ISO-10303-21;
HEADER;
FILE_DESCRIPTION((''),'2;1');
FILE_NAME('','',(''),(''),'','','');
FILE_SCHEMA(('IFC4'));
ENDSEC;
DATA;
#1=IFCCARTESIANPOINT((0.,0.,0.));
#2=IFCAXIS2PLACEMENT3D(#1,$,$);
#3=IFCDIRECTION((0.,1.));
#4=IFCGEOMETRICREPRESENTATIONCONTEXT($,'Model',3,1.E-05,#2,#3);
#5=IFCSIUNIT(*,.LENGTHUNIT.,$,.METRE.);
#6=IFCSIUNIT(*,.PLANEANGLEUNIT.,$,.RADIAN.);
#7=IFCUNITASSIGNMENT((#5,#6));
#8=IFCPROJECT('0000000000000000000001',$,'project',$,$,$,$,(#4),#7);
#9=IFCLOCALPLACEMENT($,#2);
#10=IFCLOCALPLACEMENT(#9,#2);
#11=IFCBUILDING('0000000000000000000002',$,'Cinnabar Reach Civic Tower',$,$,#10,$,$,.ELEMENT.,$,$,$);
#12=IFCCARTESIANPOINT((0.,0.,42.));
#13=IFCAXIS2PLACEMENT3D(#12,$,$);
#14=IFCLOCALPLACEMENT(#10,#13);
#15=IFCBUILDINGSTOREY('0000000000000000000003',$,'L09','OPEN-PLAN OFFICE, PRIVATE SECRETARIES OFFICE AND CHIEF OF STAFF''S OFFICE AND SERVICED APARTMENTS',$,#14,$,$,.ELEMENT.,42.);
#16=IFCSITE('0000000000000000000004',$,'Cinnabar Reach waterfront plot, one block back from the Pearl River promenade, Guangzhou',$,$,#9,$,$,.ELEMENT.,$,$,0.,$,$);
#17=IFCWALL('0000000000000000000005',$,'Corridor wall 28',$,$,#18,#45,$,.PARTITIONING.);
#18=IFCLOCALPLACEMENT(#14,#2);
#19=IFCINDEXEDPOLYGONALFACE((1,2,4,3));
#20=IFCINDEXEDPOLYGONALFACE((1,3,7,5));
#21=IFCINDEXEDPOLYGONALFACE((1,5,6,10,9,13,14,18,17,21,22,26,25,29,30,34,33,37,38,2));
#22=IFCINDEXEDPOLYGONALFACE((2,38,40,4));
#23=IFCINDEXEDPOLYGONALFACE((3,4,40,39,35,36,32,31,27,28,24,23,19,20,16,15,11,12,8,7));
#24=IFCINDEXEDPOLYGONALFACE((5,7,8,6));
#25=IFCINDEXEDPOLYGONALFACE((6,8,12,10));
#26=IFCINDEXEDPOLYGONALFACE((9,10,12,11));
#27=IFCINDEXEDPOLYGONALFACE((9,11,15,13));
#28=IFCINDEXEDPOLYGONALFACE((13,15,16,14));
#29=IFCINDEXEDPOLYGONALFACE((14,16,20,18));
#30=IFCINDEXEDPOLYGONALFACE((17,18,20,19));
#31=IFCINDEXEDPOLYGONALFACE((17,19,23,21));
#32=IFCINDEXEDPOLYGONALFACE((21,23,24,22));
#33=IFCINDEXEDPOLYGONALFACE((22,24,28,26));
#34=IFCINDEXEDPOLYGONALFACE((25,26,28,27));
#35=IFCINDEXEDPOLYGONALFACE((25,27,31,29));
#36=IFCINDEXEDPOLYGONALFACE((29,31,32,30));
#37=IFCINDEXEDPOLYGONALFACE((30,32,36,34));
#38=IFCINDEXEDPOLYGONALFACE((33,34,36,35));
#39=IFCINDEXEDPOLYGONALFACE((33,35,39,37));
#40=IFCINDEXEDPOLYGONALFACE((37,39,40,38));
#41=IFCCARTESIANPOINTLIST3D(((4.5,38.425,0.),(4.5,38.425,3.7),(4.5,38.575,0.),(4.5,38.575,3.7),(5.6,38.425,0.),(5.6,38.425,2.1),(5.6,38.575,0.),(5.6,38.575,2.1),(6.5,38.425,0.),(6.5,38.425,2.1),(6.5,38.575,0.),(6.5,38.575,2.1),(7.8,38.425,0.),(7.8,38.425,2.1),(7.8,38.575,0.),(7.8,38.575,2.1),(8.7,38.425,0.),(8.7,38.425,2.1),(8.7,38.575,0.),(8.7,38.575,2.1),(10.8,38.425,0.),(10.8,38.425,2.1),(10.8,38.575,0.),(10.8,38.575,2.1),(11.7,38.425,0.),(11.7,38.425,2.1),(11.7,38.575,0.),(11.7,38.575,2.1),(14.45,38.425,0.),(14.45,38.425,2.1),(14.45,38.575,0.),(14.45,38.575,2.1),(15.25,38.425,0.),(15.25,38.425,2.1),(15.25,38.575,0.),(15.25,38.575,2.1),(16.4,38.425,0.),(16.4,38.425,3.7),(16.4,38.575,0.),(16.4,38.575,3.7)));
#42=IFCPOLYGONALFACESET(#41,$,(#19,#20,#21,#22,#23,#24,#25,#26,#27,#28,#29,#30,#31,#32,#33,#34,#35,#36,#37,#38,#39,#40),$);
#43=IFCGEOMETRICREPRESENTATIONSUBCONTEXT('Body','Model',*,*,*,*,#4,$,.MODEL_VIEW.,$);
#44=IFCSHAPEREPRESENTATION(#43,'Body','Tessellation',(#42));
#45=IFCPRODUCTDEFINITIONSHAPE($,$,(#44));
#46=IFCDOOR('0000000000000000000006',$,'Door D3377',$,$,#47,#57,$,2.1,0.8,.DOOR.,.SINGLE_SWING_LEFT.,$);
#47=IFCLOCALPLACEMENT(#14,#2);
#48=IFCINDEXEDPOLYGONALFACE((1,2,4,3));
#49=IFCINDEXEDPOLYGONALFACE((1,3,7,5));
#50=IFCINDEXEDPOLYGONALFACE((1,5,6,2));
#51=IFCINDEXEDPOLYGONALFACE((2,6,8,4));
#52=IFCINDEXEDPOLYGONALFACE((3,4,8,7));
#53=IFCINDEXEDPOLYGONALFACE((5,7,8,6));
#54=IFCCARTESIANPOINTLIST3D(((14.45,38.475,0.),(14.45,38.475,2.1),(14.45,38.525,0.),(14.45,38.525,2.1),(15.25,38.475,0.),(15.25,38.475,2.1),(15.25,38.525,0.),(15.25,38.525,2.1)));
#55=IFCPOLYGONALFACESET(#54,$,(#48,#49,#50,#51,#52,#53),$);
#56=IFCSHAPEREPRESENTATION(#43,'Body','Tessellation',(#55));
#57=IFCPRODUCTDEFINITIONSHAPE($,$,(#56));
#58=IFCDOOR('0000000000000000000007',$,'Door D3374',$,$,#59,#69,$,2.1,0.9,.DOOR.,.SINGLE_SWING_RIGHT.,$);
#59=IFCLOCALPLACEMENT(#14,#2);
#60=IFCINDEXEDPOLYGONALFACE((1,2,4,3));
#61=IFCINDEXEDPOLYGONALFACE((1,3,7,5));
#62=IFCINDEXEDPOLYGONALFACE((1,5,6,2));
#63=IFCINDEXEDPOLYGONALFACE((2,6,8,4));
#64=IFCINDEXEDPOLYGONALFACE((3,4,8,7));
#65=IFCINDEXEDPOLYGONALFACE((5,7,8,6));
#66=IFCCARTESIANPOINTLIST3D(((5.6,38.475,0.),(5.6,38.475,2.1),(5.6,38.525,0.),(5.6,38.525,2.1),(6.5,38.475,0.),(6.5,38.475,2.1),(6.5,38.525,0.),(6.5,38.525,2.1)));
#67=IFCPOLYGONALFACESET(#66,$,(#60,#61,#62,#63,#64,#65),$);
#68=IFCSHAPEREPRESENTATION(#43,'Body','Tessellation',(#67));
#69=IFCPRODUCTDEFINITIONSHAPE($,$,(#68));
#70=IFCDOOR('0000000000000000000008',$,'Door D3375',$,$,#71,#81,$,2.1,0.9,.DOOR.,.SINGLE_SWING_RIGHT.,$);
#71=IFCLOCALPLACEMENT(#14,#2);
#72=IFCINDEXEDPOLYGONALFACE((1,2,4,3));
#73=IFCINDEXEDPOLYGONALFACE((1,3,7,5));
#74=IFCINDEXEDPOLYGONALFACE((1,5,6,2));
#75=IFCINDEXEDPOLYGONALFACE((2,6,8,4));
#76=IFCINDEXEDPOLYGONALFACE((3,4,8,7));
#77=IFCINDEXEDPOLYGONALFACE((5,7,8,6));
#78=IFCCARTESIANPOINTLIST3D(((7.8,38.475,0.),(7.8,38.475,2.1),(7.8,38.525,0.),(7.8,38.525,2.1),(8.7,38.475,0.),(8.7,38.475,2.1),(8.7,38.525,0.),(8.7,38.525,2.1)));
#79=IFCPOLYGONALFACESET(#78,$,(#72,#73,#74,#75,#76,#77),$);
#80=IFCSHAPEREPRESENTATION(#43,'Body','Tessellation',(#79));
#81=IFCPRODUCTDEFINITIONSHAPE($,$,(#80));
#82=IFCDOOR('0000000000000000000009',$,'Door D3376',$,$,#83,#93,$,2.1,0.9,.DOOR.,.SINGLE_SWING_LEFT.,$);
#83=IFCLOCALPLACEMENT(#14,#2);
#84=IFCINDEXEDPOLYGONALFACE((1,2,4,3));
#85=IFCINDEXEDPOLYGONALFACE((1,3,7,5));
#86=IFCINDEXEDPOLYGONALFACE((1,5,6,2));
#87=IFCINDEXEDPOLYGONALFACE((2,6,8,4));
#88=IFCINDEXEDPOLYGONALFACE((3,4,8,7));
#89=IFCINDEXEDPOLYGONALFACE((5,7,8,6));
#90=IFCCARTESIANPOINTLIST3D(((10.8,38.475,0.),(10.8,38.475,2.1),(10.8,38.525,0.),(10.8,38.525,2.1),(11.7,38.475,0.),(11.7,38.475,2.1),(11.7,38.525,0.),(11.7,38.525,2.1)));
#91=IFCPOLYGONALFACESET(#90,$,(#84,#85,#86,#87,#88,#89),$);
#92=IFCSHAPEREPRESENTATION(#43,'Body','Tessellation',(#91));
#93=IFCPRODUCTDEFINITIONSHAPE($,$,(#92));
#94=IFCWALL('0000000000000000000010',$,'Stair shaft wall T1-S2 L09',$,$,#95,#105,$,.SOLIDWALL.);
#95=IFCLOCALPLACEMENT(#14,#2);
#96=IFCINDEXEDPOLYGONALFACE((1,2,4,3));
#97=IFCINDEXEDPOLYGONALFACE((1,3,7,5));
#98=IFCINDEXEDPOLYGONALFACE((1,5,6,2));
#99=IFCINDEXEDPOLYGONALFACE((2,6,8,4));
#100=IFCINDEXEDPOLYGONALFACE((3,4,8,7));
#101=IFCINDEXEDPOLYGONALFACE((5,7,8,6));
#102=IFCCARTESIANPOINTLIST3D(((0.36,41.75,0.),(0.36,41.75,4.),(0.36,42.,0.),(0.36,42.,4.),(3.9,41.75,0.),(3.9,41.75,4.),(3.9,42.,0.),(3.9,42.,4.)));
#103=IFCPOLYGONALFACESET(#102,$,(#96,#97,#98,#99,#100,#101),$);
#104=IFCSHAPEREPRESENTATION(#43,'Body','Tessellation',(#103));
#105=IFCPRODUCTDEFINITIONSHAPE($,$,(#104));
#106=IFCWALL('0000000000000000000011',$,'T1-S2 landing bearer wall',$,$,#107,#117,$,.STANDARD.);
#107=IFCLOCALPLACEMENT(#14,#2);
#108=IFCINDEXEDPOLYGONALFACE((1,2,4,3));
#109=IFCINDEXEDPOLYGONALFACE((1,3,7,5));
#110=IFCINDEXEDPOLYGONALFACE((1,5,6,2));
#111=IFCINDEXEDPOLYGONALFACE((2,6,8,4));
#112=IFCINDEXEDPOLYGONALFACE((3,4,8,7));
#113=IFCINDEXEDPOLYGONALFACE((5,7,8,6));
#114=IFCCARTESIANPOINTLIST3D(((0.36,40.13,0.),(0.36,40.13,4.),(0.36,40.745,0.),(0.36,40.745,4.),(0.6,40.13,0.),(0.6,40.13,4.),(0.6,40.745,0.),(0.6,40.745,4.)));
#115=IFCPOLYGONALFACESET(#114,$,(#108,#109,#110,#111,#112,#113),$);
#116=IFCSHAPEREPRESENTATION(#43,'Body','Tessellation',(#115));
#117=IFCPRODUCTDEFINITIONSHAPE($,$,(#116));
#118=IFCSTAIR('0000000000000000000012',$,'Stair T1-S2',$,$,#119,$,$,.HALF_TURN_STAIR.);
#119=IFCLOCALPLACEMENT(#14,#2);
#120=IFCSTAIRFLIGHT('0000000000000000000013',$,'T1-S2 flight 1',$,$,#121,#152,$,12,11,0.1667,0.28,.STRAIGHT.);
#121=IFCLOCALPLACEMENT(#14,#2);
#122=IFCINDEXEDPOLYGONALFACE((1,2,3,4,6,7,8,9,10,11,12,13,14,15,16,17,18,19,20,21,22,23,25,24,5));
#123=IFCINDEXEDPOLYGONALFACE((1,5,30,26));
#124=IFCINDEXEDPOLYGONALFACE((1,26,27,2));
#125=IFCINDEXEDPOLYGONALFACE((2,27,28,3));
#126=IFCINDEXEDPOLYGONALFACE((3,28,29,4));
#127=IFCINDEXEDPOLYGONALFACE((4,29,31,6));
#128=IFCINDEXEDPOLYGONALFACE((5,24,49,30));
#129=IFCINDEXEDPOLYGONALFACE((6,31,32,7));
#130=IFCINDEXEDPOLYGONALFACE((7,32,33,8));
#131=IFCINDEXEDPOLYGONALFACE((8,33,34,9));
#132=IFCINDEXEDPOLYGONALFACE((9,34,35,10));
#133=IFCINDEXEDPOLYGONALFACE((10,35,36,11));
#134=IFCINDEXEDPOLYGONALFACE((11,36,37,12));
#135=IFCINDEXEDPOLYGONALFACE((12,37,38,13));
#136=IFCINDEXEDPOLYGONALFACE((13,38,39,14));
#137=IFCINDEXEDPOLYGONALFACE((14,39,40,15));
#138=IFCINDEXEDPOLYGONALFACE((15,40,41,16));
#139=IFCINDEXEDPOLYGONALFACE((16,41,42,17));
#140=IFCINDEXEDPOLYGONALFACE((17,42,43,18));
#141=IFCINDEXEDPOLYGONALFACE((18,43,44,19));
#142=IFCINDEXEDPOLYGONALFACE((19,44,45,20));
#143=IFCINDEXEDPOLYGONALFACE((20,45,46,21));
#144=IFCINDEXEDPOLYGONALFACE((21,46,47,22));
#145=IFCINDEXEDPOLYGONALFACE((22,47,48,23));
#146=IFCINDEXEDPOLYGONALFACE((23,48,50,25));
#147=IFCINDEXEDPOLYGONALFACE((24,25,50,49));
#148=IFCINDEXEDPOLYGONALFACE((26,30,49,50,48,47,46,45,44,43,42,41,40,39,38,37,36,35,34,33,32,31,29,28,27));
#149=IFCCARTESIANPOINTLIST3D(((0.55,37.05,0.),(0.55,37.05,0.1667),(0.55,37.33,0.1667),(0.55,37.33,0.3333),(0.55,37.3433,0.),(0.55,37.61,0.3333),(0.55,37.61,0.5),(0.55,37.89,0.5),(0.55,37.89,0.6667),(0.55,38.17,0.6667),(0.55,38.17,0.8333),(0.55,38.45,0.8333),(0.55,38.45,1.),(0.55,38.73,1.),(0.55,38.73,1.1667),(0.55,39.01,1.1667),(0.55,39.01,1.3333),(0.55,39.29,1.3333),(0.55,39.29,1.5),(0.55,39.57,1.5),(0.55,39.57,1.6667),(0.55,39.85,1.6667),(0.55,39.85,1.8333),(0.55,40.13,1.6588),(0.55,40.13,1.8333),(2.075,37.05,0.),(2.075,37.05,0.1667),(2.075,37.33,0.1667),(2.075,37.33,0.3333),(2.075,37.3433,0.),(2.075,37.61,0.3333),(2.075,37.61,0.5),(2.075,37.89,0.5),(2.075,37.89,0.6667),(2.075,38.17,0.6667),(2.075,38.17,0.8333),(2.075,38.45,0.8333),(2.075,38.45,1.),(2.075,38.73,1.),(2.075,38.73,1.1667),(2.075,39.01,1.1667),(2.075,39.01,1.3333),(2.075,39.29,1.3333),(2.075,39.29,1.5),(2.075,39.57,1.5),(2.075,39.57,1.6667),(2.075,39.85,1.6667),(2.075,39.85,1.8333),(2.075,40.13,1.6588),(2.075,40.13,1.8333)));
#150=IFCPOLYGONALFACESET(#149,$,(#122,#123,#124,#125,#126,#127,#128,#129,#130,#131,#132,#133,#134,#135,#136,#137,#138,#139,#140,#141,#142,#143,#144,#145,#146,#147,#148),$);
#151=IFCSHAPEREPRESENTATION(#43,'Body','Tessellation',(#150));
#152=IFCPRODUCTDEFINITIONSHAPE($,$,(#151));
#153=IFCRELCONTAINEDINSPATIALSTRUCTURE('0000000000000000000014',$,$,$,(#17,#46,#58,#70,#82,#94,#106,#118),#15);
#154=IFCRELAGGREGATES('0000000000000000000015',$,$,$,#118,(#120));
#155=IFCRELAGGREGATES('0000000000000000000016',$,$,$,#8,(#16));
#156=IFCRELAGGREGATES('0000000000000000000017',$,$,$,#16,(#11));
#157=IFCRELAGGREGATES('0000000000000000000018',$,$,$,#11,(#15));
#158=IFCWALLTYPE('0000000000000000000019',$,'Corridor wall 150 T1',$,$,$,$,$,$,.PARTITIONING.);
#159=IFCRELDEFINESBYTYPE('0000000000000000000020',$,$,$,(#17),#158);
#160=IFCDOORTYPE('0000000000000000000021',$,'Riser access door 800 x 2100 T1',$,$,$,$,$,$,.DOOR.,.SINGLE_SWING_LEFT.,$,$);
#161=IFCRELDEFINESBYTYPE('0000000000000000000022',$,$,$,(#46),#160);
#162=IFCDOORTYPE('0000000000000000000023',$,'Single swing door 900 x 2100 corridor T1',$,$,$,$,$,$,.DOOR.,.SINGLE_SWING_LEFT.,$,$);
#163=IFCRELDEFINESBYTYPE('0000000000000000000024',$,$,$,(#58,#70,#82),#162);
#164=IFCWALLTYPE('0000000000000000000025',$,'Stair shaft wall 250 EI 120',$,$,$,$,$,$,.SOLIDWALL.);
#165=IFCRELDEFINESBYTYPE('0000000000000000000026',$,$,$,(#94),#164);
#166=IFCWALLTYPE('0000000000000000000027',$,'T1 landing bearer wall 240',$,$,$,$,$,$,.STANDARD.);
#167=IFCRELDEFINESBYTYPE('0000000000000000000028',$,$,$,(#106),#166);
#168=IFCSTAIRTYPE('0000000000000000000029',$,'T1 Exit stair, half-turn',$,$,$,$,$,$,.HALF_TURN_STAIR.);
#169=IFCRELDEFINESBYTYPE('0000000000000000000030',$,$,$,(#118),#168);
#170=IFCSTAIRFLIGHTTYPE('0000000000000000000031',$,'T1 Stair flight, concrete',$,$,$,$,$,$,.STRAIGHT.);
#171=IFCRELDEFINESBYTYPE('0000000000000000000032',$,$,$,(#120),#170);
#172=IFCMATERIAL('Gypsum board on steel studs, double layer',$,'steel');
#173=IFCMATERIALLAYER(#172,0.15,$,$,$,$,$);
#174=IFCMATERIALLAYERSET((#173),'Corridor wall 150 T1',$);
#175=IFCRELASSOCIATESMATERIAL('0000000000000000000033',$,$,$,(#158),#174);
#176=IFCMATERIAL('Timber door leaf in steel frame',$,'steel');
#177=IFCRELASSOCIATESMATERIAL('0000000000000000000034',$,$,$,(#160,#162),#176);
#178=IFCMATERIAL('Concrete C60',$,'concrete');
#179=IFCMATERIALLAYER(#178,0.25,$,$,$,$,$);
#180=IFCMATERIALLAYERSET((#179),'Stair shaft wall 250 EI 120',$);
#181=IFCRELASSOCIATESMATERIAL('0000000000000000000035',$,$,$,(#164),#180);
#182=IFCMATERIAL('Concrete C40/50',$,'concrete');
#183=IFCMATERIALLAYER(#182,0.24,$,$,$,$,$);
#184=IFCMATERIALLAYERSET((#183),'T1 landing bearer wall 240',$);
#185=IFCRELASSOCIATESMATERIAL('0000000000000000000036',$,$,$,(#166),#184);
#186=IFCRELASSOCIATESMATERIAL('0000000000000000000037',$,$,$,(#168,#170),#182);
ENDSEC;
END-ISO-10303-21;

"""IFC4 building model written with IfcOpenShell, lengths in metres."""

from ifc_helpers import new_model, si_unit, direction, frame, frame_2d, origin, place, context, subcontext, project, spatial, polyline, rectangle, outline, extrude, material, layer, layer_set, type_object, element, fill, aggregate, save


model = new_model("IFC4")

# Units and contexts
model_context = context("Model", 3, precision=1e-05, world=origin(), true_north=direction((0.0, 1.0)))
body_context = subcontext(model_context, "Body", "Model", "MODEL_VIEW")
ifc_project = project(units=[si_unit("LENGTHUNIT", "METRE"), si_unit("PLANEANGLEUNIT", "RADIAN")], contexts=[model_context])

# Site, building, storey
site_placement = place(None, origin())
site = spatial("IfcSite", under=ifc_project, at=site_placement, Name="Cinnabar Reach waterfront plot, one block back from the Pearl River promenade, Guangzhou", CompositionType="ELEMENT", RefElevation=0.0)
building_placement = place(site_placement, origin())
building = spatial("IfcBuilding", under=site, at=building_placement, Name="Cinnabar Reach Civic Tower", CompositionType="ELEMENT")
storey_placement = place(building_placement, frame((0.0, 0.0, 42.0)))
storey = spatial("IfcBuildingStorey", under=building, at=storey_placement, Name="L09", Description="OPEN-PLAN OFFICE, PRIVATE SECRETARIES OFFICE AND CHIEF OF STAFF'S OFFICE AND SERVICED APARTMENTS", CompositionType="ELEMENT", Elevation=42.0)

# Shared definitions
ifc_material_1 = material(Name="Timber door leaf in steel frame", Category="steel")

# Wall, openings, doors
ifc_material_2 = material(Name="Gypsum board on steel studs, double layer", Category="steel")
ifc_layer_1 = layer(ifc_material_2, 0.15)
ifc_layer_set_1 = layer_set([ifc_layer_1], Name="Corridor wall 150 T1")
wall_type_1 = type_object("IfcWallType", Name="Corridor wall 150 T1", PredefinedType="PARTITIONING", material=ifc_layer_set_1)
wall_1_placement = place(storey_placement, frame((4.5, 38.5, 0.0), z_axis=(0.0, 0.0, 1.0), x_axis=(1.0, 0.0, 0.0)))
wall_1 = element("IfcWall", 1, at=wall_1_placement, inside=storey, type_object=wall_type_1, Name="Corridor wall 28", PredefinedType="PARTITIONING", context=body_context, shape_type="SweptSolid", body=[
    extrude(rectangle(XDim=11.9, YDim=0.15, at=frame_2d((5.95, 0.0))), origin(), (0.0, 0.0, 1.0), 3.7),
])
opening_1_placement = place(wall_1_placement, frame((1.1, 0.0, 0.0)))
opening_1 = element("IfcOpeningElement", 2, at=opening_1_placement, cuts=wall_1, PredefinedType="OPENING", context=body_context, shape_type="SweptSolid", body=[
    extrude(rectangle(XDim=0.9, YDim=2.1, at=frame_2d((0.45, 1.05))), frame((0.0, 0.085, 0.0), z_axis=(0.0, -1.0, 0.0), x_axis=(1.0, 0.0, 0.0)), (0.0, 0.0, 1.0), 0.17),
])
opening_2_placement = place(wall_1_placement, frame((3.3, 0.0, 0.0)))
opening_2 = element("IfcOpeningElement", 3, at=opening_2_placement, cuts=wall_1, PredefinedType="OPENING", context=body_context, shape_type="SweptSolid", body=[
    extrude(rectangle(XDim=0.9, YDim=2.1, at=frame_2d((0.45, 1.05))), frame((0.0, 0.085, 0.0), z_axis=(0.0, -1.0, 0.0), x_axis=(1.0, 0.0, 0.0)), (0.0, 0.0, 1.0), 0.17),
])
opening_3_placement = place(wall_1_placement, frame((6.3, 0.0, 0.0)))
opening_3 = element("IfcOpeningElement", 4, at=opening_3_placement, cuts=wall_1, PredefinedType="OPENING", context=body_context, shape_type="SweptSolid", body=[
    extrude(rectangle(XDim=0.9, YDim=2.1, at=frame_2d((0.45, 1.05))), frame((0.0, 0.085, 0.0), z_axis=(0.0, -1.0, 0.0), x_axis=(1.0, 0.0, 0.0)), (0.0, 0.0, 1.0), 0.17),
])
opening_4_placement = place(wall_1_placement, frame((9.95, 0.0, 0.0)))
opening_4 = element("IfcOpeningElement", 5, at=opening_4_placement, cuts=wall_1, PredefinedType="OPENING", context=body_context, shape_type="SweptSolid", body=[
    extrude(rectangle(XDim=0.8, YDim=2.1, at=frame_2d((0.4, 1.05))), frame((0.0, 0.085, 0.0), z_axis=(0.0, -1.0, 0.0), x_axis=(1.0, 0.0, 0.0)), (0.0, 0.0, 1.0), 0.17),
])
door_type_1 = type_object("IfcDoorType", Name="Riser access door 800 x 2100 T1", OperationType="SINGLE_SWING_LEFT", PredefinedType="DOOR", material=ifc_material_1)
door_1_placement = place(opening_4_placement, origin())
door_1 = element("IfcDoor", 6, at=door_1_placement, inside=storey, type_object=door_type_1, Name="Door D3377", OperationType="SINGLE_SWING_LEFT", OverallHeight=2.1, OverallWidth=0.8, PredefinedType="DOOR", context=body_context, shape_type="SweptSolid", body=[
    extrude(rectangle(XDim=0.8, YDim=2.1, at=frame_2d((0.4, 1.05))), frame((0.0, 0.025, 0.0), z_axis=(0.0, -1.0, 0.0), x_axis=(1.0, 0.0, 0.0)), (0.0, 0.0, 1.0), 0.05),
])
fill(opening_4, door_1)
door_type_2 = type_object("IfcDoorType", Name="Single swing door 900 x 2100 corridor T1", OperationType="SINGLE_SWING_LEFT", PredefinedType="DOOR", material=ifc_material_1)
door_2_placement = place(opening_1_placement, origin())
door_2 = element("IfcDoor", 7, at=door_2_placement, inside=storey, type_object=door_type_2, Name="Door D3374", OperationType="SINGLE_SWING_RIGHT", OverallHeight=2.1, OverallWidth=0.9, PredefinedType="DOOR", context=body_context, shape_type="SweptSolid", body=[
    extrude(rectangle(XDim=0.9, YDim=2.1, at=frame_2d((0.45, 1.05))), frame((0.0, 0.025, 0.0), z_axis=(0.0, -1.0, 0.0), x_axis=(1.0, 0.0, 0.0)), (0.0, 0.0, 1.0), 0.05),
])
fill(opening_1, door_2)
door_3_placement = place(opening_2_placement, origin())
door_3 = element("IfcDoor", 8, at=door_3_placement, inside=storey, type_object=door_type_2, Name="Door D3375", OperationType="SINGLE_SWING_RIGHT", OverallHeight=2.1, OverallWidth=0.9, PredefinedType="DOOR", context=body_context, shape_type="SweptSolid", body=[
    extrude(rectangle(XDim=0.9, YDim=2.1, at=frame_2d((0.45, 1.05))), frame((0.0, 0.025, 0.0), z_axis=(0.0, -1.0, 0.0), x_axis=(1.0, 0.0, 0.0)), (0.0, 0.0, 1.0), 0.05),
])
fill(opening_2, door_3)
door_4_placement = place(opening_3_placement, origin())
door_4 = element("IfcDoor", 9, at=door_4_placement, inside=storey, type_object=door_type_2, Name="Door D3376", OperationType="SINGLE_SWING_LEFT", OverallHeight=2.1, OverallWidth=0.9, PredefinedType="DOOR", context=body_context, shape_type="SweptSolid", body=[
    extrude(rectangle(XDim=0.9, YDim=2.1, at=frame_2d((0.45, 1.05))), frame((0.0, 0.025, 0.0), z_axis=(0.0, -1.0, 0.0), x_axis=(1.0, 0.0, 0.0)), (0.0, 0.0, 1.0), 0.05),
])
fill(opening_3, door_4)

# Walls
ifc_material_3 = material(Name="Concrete C60", Category="concrete")
ifc_layer_2 = layer(ifc_material_3, 0.25)
ifc_layer_set_2 = layer_set([ifc_layer_2], Name="Stair shaft wall 250 EI 120")
wall_type_2 = type_object("IfcWallType", Name="Stair shaft wall 250 EI 120", PredefinedType="SOLIDWALL", material=ifc_layer_set_2)
wall_2_placement = place(storey_placement, frame((3.9, 41.875, 0.0), z_axis=(0.0, 0.0, 1.0), x_axis=(-1.0, 0.0, 0.0)))
element("IfcWall", 10, at=wall_2_placement, inside=storey, type_object=wall_type_2, Name="Stair shaft wall T1-S2 L09", PredefinedType="SOLIDWALL", context=body_context, shape_type="SweptSolid", body=[
    extrude(rectangle(XDim=3.54, YDim=0.25, at=frame_2d((1.77, 0.0))), origin(), (0.0, 0.0, 1.0), 4.0),
])
ifc_material_4 = material(Name="Concrete C40/50", Category="concrete")
ifc_layer_3 = layer(ifc_material_4, 0.24)
ifc_layer_set_3 = layer_set([ifc_layer_3], Name="T1 landing bearer wall 240")
wall_type_3 = type_object("IfcWallType", Name="T1 landing bearer wall 240", PredefinedType="STANDARD", material=ifc_layer_set_3)
wall_3_placement = place(storey_placement, frame((0.48, 40.13, 0.0), z_axis=(0.0, 0.0, 1.0), x_axis=(0.0, 1.0, 0.0)))
element("IfcWall", 11, at=wall_3_placement, inside=storey, type_object=wall_type_3, Name="T1-S2 landing bearer wall", PredefinedType="STANDARD", context=body_context, shape_type="SweptSolid", body=[
    extrude(rectangle(XDim=0.6151, YDim=0.24, at=frame_2d((0.3075, 0.0))), origin(), (0.0, 0.0, 1.0), 4.0),
])

# Stair, stair flight
stair_type = type_object("IfcStairType", Name="T1 Exit stair, half-turn", PredefinedType="HALF_TURN_STAIR", material=ifc_material_4)
stair_placement = place(storey_placement, origin())
stair = element("IfcStair", 12, at=stair_placement, inside=storey, type_object=stair_type, Name="Stair T1-S2", PredefinedType="HALF_TURN_STAIR")
stair_flight_type = type_object("IfcStairFlightType", Name="T1 Stair flight, concrete", PredefinedType="STRAIGHT", material=ifc_material_4)
stair_flight_1_placement = place(storey_placement, frame((1.3125, 37.05, 0.0), z_axis=(0.0, 0.0, 1.0), x_axis=(0.0, 1.0, 0.0)))
stair_flight_1 = element("IfcStairFlight", 13, at=stair_flight_1_placement, type_object=stair_flight_type, Name="T1-S2 flight 1", NumberOfRisers=12, NumberOfTreads=11, PredefinedType="STRAIGHT", RiserHeight=0.1667, TreadLength=0.28, context=body_context, shape_type="SweptSolid", body=[
    extrude(outline(polyline([(0.0, 0.0), (0.0, 0.1667), (0.28, 0.1667), (0.28, 0.3333), (0.56, 0.3333), (0.56, 0.5), (0.84, 0.5), (0.84, 0.6667), (1.12, 0.6667), (1.12, 0.8333), (1.4, 0.8333), (1.4, 1.0), (1.68, 1.0), (1.68, 1.1667), (1.96, 1.1667), (1.96, 1.3333), (2.24, 1.3333), (2.24, 1.5), (2.52, 1.5), (2.52, 1.6667), (2.8, 1.6667), (2.8, 1.8333), (3.08, 1.8333), (3.08, 2.0), (3.08, 1.6588), (0.2933, 0.0), (0.0, 0.0)])), frame((0.0, 0.7625, 0.0), z_axis=(0.0, -1.0, 0.0), x_axis=(1.0, 0.0, 0.0)), (0.0, 0.0, 1.0), 1.525),
])
aggregate(stair, [stair_flight_1])

save(model, "model.ifc")
